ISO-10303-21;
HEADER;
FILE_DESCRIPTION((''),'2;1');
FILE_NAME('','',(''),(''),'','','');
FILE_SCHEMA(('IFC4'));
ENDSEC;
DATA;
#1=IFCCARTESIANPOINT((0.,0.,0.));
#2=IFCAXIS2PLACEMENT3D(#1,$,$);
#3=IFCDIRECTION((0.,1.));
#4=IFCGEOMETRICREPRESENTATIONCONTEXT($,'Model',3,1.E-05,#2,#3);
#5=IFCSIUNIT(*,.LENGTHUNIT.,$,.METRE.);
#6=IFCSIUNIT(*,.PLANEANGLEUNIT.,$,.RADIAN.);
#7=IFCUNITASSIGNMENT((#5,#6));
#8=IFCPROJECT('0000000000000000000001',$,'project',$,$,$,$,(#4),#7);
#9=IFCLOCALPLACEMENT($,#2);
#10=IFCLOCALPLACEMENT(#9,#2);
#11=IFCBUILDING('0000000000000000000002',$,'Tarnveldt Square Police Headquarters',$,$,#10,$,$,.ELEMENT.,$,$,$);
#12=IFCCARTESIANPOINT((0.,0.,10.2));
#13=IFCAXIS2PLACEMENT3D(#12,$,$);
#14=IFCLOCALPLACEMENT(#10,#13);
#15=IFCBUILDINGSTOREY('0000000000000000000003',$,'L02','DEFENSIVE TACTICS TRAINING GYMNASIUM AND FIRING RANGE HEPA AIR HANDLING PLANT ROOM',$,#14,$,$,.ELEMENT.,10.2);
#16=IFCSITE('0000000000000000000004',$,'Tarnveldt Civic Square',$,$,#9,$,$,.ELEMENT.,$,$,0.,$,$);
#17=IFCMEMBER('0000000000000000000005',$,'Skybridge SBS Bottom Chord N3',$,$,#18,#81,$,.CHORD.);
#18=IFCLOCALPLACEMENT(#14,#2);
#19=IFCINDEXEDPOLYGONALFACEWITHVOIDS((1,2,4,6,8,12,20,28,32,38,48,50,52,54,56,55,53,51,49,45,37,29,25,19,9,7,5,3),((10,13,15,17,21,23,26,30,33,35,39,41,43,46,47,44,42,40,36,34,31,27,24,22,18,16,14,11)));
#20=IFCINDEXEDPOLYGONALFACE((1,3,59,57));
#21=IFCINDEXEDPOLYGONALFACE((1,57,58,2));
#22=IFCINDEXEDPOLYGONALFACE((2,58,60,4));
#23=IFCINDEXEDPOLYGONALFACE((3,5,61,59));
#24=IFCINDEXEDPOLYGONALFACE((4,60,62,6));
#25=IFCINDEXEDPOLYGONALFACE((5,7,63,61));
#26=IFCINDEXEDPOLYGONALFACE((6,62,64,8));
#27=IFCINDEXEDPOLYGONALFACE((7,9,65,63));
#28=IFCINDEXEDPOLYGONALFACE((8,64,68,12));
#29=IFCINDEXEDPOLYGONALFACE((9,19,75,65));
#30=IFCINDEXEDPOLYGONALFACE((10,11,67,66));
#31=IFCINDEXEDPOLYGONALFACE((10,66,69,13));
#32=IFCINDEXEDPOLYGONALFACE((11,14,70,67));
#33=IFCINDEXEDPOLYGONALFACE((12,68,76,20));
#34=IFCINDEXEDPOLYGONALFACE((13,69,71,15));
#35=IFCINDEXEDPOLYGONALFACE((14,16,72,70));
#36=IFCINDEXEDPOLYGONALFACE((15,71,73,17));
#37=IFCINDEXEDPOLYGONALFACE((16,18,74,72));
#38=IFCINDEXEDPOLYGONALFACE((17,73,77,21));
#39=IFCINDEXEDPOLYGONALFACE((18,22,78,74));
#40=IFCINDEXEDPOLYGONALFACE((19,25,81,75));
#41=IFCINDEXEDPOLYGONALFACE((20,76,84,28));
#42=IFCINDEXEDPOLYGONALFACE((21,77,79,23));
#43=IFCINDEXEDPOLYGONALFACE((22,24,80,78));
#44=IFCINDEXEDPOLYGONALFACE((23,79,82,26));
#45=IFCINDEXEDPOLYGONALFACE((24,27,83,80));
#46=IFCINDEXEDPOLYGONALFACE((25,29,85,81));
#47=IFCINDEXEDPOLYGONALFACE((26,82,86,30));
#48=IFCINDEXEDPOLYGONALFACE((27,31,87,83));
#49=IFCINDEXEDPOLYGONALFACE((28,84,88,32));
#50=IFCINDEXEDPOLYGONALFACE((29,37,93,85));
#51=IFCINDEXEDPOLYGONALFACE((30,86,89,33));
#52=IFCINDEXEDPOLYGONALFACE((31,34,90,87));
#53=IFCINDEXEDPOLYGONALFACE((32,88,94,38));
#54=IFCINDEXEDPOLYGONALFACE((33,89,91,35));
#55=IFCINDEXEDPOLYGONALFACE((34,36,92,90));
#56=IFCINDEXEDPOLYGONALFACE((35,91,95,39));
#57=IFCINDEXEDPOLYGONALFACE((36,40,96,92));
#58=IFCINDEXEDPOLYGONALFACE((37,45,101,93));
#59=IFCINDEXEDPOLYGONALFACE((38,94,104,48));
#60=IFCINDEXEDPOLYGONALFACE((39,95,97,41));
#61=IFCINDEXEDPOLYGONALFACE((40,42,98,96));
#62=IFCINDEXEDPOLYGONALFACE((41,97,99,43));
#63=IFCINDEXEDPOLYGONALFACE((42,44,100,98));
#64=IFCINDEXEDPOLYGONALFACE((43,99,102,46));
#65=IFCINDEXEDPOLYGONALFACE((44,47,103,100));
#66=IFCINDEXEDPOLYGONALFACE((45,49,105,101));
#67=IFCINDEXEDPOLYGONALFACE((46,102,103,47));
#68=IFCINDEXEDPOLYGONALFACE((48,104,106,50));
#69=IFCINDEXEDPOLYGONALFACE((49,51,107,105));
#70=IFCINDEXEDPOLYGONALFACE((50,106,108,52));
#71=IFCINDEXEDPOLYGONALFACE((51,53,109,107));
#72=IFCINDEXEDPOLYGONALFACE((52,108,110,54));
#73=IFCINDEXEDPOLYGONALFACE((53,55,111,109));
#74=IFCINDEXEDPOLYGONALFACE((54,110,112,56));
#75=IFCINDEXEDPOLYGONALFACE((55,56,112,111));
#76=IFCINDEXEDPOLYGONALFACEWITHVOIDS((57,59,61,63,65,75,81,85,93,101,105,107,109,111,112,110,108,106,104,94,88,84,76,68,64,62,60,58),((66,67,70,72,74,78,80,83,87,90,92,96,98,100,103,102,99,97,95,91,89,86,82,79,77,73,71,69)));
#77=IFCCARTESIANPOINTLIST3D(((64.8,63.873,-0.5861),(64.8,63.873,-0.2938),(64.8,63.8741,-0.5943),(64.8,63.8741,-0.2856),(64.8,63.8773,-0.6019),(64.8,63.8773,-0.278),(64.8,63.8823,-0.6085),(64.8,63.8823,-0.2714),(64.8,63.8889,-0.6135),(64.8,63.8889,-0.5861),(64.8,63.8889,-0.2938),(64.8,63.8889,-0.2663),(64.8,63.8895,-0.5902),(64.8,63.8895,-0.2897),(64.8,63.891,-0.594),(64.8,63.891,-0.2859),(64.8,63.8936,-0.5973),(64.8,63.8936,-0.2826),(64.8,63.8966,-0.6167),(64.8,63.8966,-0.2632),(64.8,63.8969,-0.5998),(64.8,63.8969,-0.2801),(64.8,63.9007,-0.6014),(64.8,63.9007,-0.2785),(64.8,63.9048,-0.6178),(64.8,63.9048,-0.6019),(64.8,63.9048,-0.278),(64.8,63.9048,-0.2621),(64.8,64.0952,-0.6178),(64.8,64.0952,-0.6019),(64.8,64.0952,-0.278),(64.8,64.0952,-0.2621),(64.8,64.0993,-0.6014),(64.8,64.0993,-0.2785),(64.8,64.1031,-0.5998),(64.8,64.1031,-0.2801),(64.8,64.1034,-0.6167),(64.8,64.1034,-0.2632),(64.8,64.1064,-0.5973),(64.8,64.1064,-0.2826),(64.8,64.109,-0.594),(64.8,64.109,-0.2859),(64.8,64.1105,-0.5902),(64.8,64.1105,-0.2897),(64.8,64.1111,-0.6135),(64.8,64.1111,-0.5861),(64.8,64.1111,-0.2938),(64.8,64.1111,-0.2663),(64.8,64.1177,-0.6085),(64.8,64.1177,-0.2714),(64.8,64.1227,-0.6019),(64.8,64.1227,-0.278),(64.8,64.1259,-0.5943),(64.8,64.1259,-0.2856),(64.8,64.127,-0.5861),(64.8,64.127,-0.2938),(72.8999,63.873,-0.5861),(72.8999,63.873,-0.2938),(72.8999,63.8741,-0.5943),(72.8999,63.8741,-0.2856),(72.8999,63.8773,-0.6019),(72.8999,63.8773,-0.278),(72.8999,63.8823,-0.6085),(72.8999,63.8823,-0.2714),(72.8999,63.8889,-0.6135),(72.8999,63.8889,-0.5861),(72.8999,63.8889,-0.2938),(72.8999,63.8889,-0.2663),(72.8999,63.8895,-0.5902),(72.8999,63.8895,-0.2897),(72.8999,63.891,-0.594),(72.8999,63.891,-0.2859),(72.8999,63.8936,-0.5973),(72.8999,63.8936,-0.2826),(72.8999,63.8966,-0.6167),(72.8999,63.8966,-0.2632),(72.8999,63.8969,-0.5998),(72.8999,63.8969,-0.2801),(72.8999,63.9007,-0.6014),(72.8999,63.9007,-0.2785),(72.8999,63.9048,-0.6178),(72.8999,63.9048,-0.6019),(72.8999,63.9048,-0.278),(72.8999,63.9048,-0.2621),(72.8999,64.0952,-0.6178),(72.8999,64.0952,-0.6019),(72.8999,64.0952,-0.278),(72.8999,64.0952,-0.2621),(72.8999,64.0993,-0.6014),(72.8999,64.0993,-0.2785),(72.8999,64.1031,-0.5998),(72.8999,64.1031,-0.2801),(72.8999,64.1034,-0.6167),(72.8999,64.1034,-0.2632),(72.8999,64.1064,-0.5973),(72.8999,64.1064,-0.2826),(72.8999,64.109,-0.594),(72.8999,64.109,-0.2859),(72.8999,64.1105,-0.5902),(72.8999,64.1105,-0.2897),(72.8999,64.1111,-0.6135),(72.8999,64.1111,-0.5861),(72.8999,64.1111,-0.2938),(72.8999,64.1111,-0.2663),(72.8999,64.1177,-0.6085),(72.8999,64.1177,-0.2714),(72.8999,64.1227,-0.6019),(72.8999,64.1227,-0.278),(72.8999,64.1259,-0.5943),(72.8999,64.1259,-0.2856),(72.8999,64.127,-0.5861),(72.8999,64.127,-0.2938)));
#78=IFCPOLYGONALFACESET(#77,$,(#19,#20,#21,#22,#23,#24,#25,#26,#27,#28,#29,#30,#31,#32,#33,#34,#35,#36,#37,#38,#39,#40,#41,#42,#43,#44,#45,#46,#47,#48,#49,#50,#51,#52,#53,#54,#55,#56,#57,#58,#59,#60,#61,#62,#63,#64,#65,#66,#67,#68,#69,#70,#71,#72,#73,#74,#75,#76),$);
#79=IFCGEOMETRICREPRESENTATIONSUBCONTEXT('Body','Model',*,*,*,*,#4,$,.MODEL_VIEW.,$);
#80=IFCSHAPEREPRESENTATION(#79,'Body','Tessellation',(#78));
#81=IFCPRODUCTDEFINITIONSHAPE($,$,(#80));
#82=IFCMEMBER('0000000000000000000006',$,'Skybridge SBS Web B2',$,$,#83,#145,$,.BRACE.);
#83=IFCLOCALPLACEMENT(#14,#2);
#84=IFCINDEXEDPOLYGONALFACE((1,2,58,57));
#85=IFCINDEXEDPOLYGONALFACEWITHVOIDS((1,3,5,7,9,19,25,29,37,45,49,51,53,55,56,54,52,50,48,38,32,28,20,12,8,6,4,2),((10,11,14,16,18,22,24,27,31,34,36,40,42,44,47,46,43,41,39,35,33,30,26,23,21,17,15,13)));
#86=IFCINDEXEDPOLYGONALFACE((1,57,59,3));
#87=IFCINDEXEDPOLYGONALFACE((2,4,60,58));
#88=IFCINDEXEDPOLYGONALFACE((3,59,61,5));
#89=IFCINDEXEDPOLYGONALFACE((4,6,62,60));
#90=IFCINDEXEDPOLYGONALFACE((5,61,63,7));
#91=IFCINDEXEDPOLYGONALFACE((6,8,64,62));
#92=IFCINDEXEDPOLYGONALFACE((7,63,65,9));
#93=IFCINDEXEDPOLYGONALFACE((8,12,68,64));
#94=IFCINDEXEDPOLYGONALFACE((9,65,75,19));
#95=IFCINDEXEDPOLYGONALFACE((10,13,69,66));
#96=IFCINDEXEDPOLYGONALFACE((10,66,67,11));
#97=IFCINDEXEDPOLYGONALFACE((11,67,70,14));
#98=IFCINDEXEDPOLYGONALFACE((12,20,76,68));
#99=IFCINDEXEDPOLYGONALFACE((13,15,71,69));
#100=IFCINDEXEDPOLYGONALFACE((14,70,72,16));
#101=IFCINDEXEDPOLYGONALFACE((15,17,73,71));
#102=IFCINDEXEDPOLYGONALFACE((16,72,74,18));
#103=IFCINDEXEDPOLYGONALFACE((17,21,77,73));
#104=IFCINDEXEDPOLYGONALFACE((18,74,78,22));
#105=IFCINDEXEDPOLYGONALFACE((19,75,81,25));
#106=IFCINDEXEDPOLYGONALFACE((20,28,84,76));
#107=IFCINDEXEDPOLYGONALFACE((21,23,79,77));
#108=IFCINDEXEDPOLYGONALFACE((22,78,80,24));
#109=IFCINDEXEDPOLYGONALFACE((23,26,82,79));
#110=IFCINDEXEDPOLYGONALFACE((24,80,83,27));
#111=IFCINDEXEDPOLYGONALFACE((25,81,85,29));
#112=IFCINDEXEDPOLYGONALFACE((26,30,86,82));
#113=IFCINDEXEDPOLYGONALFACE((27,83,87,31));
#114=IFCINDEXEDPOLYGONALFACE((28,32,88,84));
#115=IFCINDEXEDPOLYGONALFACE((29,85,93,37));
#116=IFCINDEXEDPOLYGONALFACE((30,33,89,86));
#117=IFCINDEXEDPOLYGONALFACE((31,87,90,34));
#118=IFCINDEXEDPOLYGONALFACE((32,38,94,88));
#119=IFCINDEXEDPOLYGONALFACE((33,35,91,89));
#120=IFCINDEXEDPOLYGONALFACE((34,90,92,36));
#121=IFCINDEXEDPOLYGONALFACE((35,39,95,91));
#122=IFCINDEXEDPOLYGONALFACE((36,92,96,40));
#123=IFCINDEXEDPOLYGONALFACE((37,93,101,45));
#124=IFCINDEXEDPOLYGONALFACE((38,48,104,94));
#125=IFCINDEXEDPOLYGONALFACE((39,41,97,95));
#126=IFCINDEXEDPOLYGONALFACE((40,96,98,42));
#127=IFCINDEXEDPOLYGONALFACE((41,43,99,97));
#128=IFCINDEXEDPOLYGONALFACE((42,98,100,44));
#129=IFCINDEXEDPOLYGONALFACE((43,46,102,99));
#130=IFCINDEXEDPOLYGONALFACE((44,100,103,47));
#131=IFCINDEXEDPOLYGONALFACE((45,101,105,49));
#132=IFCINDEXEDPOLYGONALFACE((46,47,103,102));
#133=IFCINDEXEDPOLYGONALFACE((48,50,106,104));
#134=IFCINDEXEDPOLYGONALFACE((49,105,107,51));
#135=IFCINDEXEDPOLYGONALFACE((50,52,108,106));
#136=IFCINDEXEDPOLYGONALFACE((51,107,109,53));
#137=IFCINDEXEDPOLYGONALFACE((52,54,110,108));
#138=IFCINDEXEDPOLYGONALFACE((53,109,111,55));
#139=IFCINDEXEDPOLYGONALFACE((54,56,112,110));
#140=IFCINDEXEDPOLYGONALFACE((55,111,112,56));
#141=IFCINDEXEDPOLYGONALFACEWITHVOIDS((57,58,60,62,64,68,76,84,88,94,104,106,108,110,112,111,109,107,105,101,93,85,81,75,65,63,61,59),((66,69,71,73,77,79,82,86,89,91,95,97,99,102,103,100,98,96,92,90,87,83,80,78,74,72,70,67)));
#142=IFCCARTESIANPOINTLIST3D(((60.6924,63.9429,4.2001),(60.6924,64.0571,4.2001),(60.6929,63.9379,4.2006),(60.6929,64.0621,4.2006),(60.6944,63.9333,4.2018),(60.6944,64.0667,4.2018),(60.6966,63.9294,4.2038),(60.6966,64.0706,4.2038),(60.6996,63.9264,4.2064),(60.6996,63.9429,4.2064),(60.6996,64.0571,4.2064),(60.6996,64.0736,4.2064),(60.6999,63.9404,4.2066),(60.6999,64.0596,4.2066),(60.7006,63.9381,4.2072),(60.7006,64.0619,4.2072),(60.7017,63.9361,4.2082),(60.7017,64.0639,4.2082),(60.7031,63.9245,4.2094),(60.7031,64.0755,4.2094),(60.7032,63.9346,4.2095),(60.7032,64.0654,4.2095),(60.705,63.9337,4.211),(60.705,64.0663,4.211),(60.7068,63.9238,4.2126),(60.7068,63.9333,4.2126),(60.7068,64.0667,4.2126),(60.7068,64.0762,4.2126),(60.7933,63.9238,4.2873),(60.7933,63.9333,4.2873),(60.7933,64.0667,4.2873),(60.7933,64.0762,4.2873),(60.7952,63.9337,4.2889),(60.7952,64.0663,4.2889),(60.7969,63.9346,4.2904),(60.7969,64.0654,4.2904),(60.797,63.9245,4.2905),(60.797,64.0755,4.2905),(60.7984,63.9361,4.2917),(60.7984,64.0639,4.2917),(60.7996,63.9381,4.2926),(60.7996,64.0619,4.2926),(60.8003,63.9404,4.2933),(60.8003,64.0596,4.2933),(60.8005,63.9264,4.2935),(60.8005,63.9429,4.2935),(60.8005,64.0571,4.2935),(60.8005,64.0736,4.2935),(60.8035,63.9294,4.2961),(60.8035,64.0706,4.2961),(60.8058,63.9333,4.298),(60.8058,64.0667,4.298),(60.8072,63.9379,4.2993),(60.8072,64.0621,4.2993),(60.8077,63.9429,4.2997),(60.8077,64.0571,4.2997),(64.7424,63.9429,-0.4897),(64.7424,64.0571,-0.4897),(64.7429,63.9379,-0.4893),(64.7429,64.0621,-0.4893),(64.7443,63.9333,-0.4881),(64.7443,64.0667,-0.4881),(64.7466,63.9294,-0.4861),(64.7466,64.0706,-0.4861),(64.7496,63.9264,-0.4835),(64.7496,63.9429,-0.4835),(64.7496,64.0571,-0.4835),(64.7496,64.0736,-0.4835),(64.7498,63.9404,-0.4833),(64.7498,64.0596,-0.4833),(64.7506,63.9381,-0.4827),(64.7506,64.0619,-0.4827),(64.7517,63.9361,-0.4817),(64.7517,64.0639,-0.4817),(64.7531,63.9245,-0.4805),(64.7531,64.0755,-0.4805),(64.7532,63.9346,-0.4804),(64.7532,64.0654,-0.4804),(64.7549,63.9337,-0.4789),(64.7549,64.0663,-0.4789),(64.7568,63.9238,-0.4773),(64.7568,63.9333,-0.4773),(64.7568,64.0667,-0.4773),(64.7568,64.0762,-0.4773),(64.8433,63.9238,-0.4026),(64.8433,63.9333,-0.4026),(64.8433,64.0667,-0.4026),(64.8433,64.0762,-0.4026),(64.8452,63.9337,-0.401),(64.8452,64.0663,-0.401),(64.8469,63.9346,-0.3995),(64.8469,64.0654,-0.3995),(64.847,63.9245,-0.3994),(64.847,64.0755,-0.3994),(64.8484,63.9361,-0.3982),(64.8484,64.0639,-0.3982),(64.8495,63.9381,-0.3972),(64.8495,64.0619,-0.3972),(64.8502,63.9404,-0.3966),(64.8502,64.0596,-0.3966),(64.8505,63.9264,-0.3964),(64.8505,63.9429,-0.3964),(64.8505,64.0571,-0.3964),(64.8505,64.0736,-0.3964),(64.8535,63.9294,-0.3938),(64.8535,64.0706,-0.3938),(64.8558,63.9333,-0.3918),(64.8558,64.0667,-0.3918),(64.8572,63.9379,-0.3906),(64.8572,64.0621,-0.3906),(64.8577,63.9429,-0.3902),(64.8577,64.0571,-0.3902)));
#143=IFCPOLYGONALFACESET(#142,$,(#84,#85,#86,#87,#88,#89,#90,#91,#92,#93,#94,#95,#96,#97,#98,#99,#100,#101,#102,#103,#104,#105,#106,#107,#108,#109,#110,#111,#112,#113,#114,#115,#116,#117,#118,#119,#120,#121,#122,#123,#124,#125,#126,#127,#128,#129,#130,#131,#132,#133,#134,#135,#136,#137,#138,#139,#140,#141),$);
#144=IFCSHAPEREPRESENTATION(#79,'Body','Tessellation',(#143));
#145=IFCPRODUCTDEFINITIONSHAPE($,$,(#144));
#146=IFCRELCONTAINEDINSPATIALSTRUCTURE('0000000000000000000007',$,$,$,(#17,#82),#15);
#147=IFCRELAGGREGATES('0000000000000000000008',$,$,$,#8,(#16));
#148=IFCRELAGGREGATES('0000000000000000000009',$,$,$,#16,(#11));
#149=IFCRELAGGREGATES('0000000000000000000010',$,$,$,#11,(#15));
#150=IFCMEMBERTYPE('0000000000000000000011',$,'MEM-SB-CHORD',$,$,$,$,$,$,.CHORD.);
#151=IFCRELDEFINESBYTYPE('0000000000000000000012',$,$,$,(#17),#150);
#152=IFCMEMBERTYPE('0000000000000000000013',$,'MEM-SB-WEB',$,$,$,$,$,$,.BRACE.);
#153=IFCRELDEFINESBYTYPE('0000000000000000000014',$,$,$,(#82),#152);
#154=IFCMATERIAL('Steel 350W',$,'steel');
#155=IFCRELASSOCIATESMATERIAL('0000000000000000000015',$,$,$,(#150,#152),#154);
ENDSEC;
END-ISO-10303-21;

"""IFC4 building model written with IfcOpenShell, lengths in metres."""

from ifc_helpers import new_model, si_unit, direction, frame, origin, origin_2d, place, context, subcontext, project, spatial, hollow_rectangle, extrude, material, material_profile, profile_set, type_object, element, save


model = new_model("IFC4")

# Units and contexts
model_context = context("Model", 3, precision=1e-05, world=origin(), true_north=direction((0.0, 1.0)))
body_context = subcontext(model_context, "Body", "Model", "MODEL_VIEW")
ifc_project = project(units=[si_unit("LENGTHUNIT", "METRE"), si_unit("PLANEANGLEUNIT", "RADIAN")], contexts=[model_context])

# Site, building, storey
site_placement = place(None, origin())
site = spatial("IfcSite", under=ifc_project, at=site_placement, Name="Tarnveldt Civic Square", CompositionType="ELEMENT", RefElevation=0.0)
building_placement = place(site_placement, origin())
building = spatial("IfcBuilding", under=site, at=building_placement, Name="Tarnveldt Square Police Headquarters", CompositionType="ELEMENT")
storey_placement = place(building_placement, frame((0.0, 0.0, 10.2)))
storey = spatial("IfcBuildingStorey", under=building, at=storey_placement, Name="L02", Description="DEFENSIVE TACTICS TRAINING GYMNASIUM AND FIRING RANGE HEPA AIR HANDLING PLANT ROOM", CompositionType="ELEMENT", Elevation=10.2)

# Members
ifc_material_1 = material(Name="Steel 350W", Category="steel")
ifc_material_profile_1 = material_profile(ifc_material_1, hollow_rectangle(XDim=0.2539, YDim=0.3557, WallThickness=0.0159, InnerFilletRadius=0.0159, OuterFilletRadius=0.0317, at=origin_2d()), Name="HSS356x254x16")
ifc_profile_set_1 = profile_set([ifc_material_profile_1], Name="Steel 350W")
member_type_1 = type_object("IfcMemberType", Name="MEM-SB-CHORD", PredefinedType="CHORD", material=ifc_profile_set_1)
member_1_placement = place(storey_placement, frame((64.8, 64.0, -0.4399), z_axis=(1.0, 0.0, 0.0), x_axis=(0.0, 1.0, 0.0)))
element("IfcMember", 1, at=member_1_placement, inside=storey, type_object=member_type_1, Name="Skybridge SBS Bottom Chord N3", PredefinedType="CHORD", context=body_context, shape_type="SweptSolid", body=[
    extrude(hollow_rectangle(XDim=0.2539, YDim=0.3557, WallThickness=0.0159, InnerFilletRadius=0.0159, OuterFilletRadius=0.0317, at=origin_2d()), origin(), (0.0, 0.0, 1.0), 8.0999),
])
ifc_material_profile_2 = material_profile(ifc_material_1, hollow_rectangle(XDim=0.1523, YDim=0.1523, WallThickness=0.0095, InnerFilletRadius=0.0095, OuterFilletRadius=0.019, at=origin_2d()), Name="HSS152x152x9.5")
ifc_profile_set_2 = profile_set([ifc_material_profile_2], Name="Steel 350W")
member_type_2 = type_object("IfcMemberType", Name="MEM-SB-WEB", PredefinedType="BRACE", material=ifc_profile_set_2)
for number, where, z_axis, x_axis, name in (
    (2, (64.8, 64.0, -0.4399), (-0.653587, 0.0, 0.756851), (0.0, -1.0, 0.0), "Skybridge SBS Web B2"),
):
    element("IfcMember", number, at=place(storey_placement, frame(where, z_axis=z_axis, x_axis=x_axis)), inside=storey, type_object=member_type_2, Name=name, PredefinedType="BRACE", context=body_context, shape_type="SweptSolid", body=[
        extrude(hollow_rectangle(XDim=0.1523, YDim=0.1523, WallThickness=0.0095, InnerFilletRadius=0.0095, OuterFilletRadius=0.019, at=origin_2d()), origin(), (0.0, 0.0, 1.0), 6.1965),
    ])

save(model, "model.ifc")
